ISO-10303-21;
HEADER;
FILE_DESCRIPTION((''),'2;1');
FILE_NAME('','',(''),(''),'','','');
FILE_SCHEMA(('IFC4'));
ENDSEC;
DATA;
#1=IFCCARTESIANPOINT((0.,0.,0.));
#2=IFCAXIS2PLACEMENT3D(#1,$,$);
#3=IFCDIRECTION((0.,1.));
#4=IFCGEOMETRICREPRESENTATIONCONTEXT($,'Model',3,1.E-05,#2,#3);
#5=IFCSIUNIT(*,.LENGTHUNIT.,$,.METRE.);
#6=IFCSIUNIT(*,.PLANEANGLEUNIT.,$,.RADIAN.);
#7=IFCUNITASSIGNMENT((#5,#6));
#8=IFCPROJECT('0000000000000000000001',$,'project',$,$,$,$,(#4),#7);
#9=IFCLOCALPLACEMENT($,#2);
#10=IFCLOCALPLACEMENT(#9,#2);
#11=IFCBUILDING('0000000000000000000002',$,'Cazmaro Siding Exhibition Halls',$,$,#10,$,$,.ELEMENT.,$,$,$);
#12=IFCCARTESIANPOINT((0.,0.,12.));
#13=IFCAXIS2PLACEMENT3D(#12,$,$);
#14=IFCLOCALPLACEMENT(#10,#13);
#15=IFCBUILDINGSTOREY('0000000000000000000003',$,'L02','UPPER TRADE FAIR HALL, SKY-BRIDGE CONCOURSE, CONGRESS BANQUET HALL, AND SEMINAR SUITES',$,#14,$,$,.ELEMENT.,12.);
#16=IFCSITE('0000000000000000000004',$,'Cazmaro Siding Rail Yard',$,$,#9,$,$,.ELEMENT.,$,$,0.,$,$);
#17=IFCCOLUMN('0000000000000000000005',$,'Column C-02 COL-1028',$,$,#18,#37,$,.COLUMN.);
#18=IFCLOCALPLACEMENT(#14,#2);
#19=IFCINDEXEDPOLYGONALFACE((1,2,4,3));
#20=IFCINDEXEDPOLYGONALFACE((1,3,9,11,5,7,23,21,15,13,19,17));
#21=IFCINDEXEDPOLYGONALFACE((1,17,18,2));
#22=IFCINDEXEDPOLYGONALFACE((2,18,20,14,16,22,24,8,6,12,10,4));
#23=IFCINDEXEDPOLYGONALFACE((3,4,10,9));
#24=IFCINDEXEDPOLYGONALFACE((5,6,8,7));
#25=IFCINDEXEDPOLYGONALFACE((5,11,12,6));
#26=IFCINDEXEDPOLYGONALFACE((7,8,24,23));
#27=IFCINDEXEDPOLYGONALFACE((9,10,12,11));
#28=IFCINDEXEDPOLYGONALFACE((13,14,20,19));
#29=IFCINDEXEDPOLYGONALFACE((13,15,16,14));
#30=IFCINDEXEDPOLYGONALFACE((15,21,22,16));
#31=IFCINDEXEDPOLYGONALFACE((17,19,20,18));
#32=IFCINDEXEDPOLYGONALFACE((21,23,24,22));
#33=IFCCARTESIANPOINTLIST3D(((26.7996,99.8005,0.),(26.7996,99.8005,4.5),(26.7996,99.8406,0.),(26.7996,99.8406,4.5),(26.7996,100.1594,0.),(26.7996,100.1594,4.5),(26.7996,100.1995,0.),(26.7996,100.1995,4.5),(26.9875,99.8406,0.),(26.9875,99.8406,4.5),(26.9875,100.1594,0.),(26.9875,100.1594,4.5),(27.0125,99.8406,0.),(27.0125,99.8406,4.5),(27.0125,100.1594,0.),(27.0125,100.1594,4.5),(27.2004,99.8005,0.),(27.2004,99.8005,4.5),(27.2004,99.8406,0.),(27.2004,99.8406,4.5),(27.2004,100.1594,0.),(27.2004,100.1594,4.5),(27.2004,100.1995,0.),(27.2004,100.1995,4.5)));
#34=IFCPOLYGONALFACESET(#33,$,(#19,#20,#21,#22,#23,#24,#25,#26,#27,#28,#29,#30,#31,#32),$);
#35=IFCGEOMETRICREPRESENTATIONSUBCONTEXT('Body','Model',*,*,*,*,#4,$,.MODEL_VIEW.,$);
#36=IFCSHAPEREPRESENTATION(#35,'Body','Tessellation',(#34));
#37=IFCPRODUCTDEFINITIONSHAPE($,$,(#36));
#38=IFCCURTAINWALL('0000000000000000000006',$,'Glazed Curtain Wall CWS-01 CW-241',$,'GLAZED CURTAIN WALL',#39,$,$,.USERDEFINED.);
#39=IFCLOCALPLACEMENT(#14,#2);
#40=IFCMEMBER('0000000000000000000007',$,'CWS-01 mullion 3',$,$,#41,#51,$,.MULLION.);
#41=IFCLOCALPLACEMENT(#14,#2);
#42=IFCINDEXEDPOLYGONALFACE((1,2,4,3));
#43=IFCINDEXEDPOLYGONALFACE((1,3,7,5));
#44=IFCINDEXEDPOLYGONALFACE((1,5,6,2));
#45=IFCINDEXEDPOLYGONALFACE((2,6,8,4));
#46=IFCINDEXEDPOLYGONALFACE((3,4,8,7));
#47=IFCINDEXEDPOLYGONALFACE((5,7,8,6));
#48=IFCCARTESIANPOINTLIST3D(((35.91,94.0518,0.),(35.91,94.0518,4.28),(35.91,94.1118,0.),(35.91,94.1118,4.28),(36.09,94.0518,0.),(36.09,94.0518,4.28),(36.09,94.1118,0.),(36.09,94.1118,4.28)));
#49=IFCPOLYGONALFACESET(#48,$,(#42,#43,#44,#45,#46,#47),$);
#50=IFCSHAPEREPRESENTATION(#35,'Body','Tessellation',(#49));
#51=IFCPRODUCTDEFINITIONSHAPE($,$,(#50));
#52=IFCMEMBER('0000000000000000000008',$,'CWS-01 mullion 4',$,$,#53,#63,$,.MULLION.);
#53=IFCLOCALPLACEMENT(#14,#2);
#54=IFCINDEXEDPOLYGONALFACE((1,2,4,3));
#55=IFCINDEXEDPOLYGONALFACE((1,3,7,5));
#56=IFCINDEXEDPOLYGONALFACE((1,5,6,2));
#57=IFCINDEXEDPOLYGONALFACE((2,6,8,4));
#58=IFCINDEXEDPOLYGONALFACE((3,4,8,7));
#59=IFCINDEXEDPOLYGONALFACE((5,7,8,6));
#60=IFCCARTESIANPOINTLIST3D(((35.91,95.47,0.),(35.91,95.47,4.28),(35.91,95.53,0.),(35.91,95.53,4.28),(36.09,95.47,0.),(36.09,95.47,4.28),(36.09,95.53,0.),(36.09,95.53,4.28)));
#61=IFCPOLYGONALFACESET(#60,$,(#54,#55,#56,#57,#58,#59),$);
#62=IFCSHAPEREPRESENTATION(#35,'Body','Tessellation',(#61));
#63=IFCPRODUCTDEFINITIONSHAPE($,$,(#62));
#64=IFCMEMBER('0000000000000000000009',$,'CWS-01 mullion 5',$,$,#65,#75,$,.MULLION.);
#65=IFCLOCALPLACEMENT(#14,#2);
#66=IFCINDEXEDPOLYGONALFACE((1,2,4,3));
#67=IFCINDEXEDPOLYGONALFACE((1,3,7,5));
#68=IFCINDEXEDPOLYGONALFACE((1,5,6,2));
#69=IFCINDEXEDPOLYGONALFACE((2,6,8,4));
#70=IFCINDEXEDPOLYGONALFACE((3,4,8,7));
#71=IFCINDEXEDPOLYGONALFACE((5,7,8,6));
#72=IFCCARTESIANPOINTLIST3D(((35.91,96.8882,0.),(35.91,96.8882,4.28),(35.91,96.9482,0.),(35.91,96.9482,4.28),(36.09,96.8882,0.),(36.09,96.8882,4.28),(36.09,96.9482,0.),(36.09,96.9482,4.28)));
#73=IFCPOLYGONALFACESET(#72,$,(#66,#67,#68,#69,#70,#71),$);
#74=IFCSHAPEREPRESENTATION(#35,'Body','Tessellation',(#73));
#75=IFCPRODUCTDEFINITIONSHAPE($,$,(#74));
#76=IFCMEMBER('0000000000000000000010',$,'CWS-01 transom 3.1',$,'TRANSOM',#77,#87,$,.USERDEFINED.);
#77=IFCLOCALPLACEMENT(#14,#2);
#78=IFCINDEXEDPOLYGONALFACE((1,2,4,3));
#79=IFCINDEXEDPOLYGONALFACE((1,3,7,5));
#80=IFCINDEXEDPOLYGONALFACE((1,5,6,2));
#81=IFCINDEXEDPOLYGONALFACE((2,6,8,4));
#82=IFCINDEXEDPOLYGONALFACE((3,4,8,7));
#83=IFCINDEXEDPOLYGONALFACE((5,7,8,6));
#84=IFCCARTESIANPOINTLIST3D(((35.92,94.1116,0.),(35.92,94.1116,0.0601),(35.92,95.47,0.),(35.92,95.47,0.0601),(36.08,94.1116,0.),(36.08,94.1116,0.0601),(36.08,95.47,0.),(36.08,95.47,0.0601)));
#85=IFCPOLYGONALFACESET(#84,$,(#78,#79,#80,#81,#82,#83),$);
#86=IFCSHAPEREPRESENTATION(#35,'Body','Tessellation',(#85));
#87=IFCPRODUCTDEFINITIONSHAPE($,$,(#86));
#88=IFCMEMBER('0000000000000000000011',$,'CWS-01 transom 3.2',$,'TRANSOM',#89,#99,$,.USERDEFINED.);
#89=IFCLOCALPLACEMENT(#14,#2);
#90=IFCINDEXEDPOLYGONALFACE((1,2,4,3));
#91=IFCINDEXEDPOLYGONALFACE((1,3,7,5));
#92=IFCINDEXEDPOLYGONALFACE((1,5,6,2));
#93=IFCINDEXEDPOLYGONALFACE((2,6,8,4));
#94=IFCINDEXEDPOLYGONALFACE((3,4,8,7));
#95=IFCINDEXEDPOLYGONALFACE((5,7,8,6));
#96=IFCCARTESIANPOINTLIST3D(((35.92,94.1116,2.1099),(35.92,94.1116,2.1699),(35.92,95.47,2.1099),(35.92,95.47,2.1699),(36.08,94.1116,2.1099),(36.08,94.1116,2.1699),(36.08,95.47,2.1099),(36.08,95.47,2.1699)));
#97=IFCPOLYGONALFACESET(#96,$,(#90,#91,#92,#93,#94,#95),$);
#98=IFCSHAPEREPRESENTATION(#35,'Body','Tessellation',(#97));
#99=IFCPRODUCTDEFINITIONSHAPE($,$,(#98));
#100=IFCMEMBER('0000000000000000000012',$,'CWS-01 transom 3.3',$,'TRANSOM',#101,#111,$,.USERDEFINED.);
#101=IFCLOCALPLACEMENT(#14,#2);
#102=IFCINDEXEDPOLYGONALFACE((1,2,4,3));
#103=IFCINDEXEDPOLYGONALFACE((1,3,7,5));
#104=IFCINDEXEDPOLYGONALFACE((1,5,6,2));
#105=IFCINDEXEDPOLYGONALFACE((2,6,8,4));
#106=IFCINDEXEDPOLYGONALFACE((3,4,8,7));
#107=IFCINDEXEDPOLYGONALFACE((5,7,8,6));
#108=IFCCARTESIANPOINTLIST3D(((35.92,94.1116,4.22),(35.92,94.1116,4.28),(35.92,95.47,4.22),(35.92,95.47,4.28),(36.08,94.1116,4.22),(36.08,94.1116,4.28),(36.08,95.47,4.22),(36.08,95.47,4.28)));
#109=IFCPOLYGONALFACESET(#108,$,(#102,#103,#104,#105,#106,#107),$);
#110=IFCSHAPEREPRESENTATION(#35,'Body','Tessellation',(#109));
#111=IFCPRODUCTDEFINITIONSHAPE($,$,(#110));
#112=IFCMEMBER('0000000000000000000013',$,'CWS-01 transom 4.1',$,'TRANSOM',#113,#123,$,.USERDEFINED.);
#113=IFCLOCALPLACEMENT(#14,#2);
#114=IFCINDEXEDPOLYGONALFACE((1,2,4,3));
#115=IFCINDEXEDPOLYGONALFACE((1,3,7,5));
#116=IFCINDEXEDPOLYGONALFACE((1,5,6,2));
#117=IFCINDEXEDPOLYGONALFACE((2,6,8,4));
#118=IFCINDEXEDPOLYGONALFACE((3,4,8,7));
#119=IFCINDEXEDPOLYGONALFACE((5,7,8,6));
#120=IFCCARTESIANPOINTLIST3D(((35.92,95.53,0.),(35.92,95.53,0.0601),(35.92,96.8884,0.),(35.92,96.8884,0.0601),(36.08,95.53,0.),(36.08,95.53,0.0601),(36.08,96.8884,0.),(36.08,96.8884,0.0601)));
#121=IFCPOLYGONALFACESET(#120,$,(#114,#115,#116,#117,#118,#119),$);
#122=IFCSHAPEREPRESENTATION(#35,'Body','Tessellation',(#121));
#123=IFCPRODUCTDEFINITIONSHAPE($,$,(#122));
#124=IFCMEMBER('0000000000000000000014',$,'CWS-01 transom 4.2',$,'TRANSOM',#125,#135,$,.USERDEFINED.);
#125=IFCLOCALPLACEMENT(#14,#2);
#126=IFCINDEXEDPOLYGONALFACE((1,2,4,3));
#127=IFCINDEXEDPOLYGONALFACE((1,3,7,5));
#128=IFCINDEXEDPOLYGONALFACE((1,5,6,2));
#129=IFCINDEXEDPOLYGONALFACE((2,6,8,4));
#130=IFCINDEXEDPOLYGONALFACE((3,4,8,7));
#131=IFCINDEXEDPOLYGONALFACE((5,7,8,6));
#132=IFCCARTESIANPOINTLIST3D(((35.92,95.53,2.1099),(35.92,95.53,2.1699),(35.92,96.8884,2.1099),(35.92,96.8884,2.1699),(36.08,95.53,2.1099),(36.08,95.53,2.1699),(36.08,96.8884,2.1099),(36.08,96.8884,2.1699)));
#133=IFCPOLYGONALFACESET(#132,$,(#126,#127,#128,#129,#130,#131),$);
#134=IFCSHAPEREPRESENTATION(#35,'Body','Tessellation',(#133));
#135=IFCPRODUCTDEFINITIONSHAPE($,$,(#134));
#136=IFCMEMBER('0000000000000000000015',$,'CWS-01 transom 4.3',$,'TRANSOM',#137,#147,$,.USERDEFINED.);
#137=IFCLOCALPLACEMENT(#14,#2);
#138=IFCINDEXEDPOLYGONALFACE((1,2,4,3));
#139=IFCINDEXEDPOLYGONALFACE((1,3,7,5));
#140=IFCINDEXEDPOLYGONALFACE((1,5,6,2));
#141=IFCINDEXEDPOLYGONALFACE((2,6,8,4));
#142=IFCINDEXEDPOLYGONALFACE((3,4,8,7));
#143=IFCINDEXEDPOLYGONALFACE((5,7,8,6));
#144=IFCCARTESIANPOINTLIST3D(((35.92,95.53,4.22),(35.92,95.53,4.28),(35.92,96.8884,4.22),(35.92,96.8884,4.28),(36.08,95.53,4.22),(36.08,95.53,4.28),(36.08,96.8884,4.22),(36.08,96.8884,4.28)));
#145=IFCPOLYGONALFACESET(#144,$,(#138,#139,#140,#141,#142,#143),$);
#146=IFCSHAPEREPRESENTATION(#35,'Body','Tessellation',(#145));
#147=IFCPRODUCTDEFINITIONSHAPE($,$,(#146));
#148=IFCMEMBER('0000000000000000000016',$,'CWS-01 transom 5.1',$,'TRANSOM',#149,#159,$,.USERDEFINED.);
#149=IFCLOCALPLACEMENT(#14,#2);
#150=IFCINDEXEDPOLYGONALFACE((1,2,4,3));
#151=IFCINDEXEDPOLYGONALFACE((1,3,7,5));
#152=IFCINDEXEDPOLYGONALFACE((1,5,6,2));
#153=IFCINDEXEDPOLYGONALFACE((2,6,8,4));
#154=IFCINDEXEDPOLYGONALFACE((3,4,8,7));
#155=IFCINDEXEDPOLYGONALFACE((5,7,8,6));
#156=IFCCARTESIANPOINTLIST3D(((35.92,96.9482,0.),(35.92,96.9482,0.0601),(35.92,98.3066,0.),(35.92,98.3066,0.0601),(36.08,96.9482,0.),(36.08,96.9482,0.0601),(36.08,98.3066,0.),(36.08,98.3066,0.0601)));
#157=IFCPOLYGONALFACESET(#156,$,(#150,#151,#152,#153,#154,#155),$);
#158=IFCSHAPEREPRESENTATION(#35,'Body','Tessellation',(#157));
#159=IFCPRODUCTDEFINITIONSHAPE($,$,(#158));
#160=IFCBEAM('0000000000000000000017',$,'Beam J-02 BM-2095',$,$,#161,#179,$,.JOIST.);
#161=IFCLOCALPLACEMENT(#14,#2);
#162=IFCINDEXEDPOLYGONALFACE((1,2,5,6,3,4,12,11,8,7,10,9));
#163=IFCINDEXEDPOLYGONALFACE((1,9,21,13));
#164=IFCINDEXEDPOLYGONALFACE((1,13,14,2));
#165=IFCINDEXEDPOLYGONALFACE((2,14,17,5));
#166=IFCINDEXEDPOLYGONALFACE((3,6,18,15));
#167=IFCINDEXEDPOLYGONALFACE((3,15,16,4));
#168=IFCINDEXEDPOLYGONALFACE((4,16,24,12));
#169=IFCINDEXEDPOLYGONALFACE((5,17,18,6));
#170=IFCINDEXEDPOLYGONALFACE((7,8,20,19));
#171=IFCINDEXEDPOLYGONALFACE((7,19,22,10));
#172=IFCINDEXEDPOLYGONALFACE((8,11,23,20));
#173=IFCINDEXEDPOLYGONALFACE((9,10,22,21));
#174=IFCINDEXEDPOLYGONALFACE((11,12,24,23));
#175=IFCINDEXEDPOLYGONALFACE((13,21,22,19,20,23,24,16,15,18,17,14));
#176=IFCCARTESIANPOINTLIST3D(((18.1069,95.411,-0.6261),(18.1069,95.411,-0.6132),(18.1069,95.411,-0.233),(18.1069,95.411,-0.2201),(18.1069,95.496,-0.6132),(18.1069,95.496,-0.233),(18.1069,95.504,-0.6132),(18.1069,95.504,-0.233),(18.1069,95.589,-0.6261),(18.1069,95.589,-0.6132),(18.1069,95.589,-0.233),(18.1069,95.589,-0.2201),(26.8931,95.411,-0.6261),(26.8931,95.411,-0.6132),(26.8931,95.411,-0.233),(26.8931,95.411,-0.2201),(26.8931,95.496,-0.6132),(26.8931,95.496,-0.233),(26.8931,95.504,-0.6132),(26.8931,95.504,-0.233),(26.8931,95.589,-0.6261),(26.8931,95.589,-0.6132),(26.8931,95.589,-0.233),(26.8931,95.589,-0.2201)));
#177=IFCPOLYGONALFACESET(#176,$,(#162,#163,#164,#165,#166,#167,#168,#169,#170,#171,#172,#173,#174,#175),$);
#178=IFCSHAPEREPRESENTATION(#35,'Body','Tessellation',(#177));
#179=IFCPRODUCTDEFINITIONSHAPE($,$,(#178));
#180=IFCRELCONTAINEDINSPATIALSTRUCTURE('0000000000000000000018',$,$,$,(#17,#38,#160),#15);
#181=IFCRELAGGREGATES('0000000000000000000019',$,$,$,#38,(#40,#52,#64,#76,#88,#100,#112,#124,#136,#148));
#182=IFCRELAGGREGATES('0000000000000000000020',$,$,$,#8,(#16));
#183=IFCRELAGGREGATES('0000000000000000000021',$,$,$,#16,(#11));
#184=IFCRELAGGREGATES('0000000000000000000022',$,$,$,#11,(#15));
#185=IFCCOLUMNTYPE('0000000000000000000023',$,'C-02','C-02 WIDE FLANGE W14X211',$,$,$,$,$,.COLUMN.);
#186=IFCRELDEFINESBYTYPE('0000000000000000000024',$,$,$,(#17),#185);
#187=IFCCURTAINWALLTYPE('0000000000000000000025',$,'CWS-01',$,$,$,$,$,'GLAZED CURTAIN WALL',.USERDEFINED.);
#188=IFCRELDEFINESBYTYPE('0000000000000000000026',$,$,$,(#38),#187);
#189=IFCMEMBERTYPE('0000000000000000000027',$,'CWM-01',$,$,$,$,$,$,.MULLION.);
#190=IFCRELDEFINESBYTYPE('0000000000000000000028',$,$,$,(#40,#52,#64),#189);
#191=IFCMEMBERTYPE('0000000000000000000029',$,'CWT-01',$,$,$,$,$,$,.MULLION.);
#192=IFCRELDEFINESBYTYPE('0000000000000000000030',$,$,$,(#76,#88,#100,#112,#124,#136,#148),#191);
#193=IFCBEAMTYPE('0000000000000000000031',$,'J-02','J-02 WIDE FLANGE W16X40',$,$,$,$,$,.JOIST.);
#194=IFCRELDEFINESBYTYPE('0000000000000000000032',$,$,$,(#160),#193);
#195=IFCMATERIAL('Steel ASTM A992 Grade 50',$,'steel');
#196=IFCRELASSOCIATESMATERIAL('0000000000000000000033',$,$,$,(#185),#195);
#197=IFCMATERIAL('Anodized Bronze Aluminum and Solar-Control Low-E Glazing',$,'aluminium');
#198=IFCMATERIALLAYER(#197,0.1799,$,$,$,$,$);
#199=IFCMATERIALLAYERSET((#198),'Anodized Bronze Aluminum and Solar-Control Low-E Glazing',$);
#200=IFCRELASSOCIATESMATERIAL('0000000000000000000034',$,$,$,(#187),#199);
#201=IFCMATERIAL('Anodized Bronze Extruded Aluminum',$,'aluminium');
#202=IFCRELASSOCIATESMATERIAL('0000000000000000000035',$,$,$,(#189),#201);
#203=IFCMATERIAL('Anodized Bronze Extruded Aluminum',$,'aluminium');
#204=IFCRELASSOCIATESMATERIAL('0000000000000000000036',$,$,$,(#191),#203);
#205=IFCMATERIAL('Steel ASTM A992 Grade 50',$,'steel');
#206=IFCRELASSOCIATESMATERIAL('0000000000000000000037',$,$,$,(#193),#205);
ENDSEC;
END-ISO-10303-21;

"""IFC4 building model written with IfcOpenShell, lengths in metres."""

from ifc_helpers import new_model, si_unit, direction, frame, origin, origin_2d, place, context, subcontext, project, spatial, rectangle, i_section, extrude, material, layer, layer_set, material_profile, profile_set, type_object, element, aggregate, save


model = new_model("IFC4")

# Units and contexts
model_context = context("Model", 3, precision=1e-05, world=origin(), true_north=direction((0.0, 1.0)))
body_context = subcontext(model_context, "Body", "Model", "MODEL_VIEW")
ifc_project = project(units=[si_unit("LENGTHUNIT", "METRE"), si_unit("PLANEANGLEUNIT", "RADIAN")], contexts=[model_context])

# Site, building, storey
site_placement = place(None, origin())
site = spatial("IfcSite", under=ifc_project, at=site_placement, Name="Cazmaro Siding Rail Yard", CompositionType="ELEMENT", RefElevation=0.0)
building_placement = place(site_placement, origin())
building = spatial("IfcBuilding", under=site, at=building_placement, Name="Cazmaro Siding Exhibition Halls", CompositionType="ELEMENT")
storey_placement = place(building_placement, frame((0.0, 0.0, 12.0)))
storey = spatial("IfcBuildingStorey", under=building, at=storey_placement, Name="L02", Description="UPPER TRADE FAIR HALL, SKY-BRIDGE CONCOURSE, CONGRESS BANQUET HALL, AND SEMINAR SUITES", CompositionType="ELEMENT", Elevation=12.0)

# Column
ifc_material_1 = material(Name="Steel ASTM A992 Grade 50", Category="steel")
ifc_material_profile_1 = material_profile(ifc_material_1, i_section(OverallWidth=0.4009, OverallDepth=0.3989, WebThickness=0.0249, FlangeThickness=0.04, at=origin_2d()), Name="W14X211")
ifc_profile_set_1 = profile_set([ifc_material_profile_1], Name="Steel ASTM A992 Grade 50")
column_type = type_object("IfcColumnType", Name="C-02", Description="C-02 WIDE FLANGE W14X211", PredefinedType="COLUMN", material=ifc_profile_set_1)
column_placement = place(storey_placement, frame((27.0, 100.0, 0.0), z_axis=(0.0, 0.0, 1.0), x_axis=(1.0, 0.0, 0.0)))
element("IfcColumn", 1, at=column_placement, inside=storey, type_object=column_type, Name="Column C-02 COL-1028", PredefinedType="COLUMN", context=body_context, shape_type="SweptSolid", body=[
    extrude(i_section(OverallWidth=0.4009, OverallDepth=0.3989, WebThickness=0.0249, FlangeThickness=0.04, at=origin_2d()), origin(), (0.0, 0.0, 1.0), 4.5),
])

# Curtain wall, members
ifc_material_2 = material(Name="Anodized Bronze Aluminum and Solar-Control Low-E Glazing", Category="aluminium")
ifc_layer_1 = layer(ifc_material_2, 0.1799)
ifc_layer_set_1 = layer_set([ifc_layer_1], Name="Anodized Bronze Aluminum and Solar-Control Low-E Glazing")
curtain_wall_type = type_object("IfcCurtainWallType", Name="CWS-01", ElementType="GLAZED CURTAIN WALL", PredefinedType="USERDEFINED", material=ifc_layer_set_1)
curtain_wall_placement = place(storey_placement, origin())
curtain_wall = element("IfcCurtainWall", 2, at=curtain_wall_placement, inside=storey, type_object=curtain_wall_type, Name="Glazed Curtain Wall CWS-01 CW-241", ObjectType="GLAZED CURTAIN WALL", PredefinedType="USERDEFINED")
ifc_material_3 = material(Name="Anodized Bronze Extruded Aluminum", Category="aluminium")
ifc_material_profile_2 = material_profile(ifc_material_3, rectangle(XDim=0.1799, YDim=0.0601, at=origin_2d()), Name="CWM-01")
ifc_profile_set_2 = profile_set([ifc_material_profile_2], Name="Anodized Bronze Extruded Aluminum")
member_type_1 = type_object("IfcMemberType", Name="CWM-01", PredefinedType="MULLION", material=ifc_profile_set_2)
member_1_placement = place(storey_placement, frame((36.0, 94.0818, 0.0), z_axis=(0.0, 0.0, 1.0), x_axis=(-1.0, 0.0, 0.0)))
member_1 = element("IfcMember", 3, at=member_1_placement, type_object=member_type_1, Name="CWS-01 mullion 3", PredefinedType="MULLION", context=body_context, shape_type="SweptSolid", body=[
    extrude(rectangle(XDim=0.1799, YDim=0.0601, at=origin_2d()), origin(), (0.0, 0.0, 1.0), 4.28),
])
member_2_placement = place(storey_placement, frame((36.0, 95.5, 0.0), z_axis=(0.0, 0.0, 1.0), x_axis=(-1.0, 0.0, 0.0)))
member_2 = element("IfcMember", 4, at=member_2_placement, type_object=member_type_1, Name="CWS-01 mullion 4", PredefinedType="MULLION", context=body_context, shape_type="SweptSolid", body=[
    extrude(rectangle(XDim=0.1799, YDim=0.0601, at=origin_2d()), origin(), (0.0, 0.0, 1.0), 4.28),
])
member_3_placement = place(storey_placement, frame((36.0, 96.9182, 0.0), z_axis=(0.0, 0.0, 1.0), x_axis=(-1.0, 0.0, 0.0)))
member_3 = element("IfcMember", 5, at=member_3_placement, type_object=member_type_1, Name="CWS-01 mullion 5", PredefinedType="MULLION", context=body_context, shape_type="SweptSolid", body=[
    extrude(rectangle(XDim=0.1799, YDim=0.0601, at=origin_2d()), origin(), (0.0, 0.0, 1.0), 4.28),
])
ifc_material_4 = material(Name="Anodized Bronze Extruded Aluminum", Category="aluminium")
ifc_material_profile_3 = material_profile(ifc_material_4, rectangle(XDim=0.1599, YDim=0.0601, at=origin_2d()), Name="CWT-01")
ifc_profile_set_3 = profile_set([ifc_material_profile_3], Name="Anodized Bronze Extruded Aluminum")
member_type_2 = type_object("IfcMemberType", Name="CWT-01", PredefinedType="MULLION", material=ifc_profile_set_3)
member_4_placement = place(storey_placement, frame((36.0, 94.1116, 0.03), z_axis=(0.0, 1.0, 0.0), x_axis=(-1.0, 0.0, 0.0)))
member_4 = element("IfcMember", 6, at=member_4_placement, type_object=member_type_2, Name="CWS-01 transom 3.1", ObjectType="TRANSOM", PredefinedType="USERDEFINED", context=body_context, shape_type="SweptSolid", body=[
    extrude(rectangle(XDim=0.1599, YDim=0.0601, at=origin_2d()), origin(), (0.0, 0.0, 1.0), 1.3584),
])
member_5_placement = place(storey_placement, frame((36.0, 94.1116, 2.1399), z_axis=(0.0, 1.0, 0.0), x_axis=(-1.0, 0.0, 0.0)))
member_5 = element("IfcMember", 7, at=member_5_placement, type_object=member_type_2, Name="CWS-01 transom 3.2", ObjectType="TRANSOM", PredefinedType="USERDEFINED", context=body_context, shape_type="SweptSolid", body=[
    extrude(rectangle(XDim=0.1599, YDim=0.0601, at=origin_2d()), origin(), (0.0, 0.0, 1.0), 1.3584),
])
member_6_placement = place(storey_placement, frame((36.0, 94.1116, 4.25), z_axis=(0.0, 1.0, 0.0), x_axis=(-1.0, 0.0, 0.0)))
member_6 = element("IfcMember", 8, at=member_6_placement, type_object=member_type_2, Name="CWS-01 transom 3.3", ObjectType="TRANSOM", PredefinedType="USERDEFINED", context=body_context, shape_type="SweptSolid", body=[
    extrude(rectangle(XDim=0.1599, YDim=0.0601, at=origin_2d()), origin(), (0.0, 0.0, 1.0), 1.3584),
])
member_7_placement = place(storey_placement, frame((36.0, 95.53, 0.03), z_axis=(0.0, 1.0, 0.0), x_axis=(-1.0, 0.0, 0.0)))
member_7 = element("IfcMember", 9, at=member_7_placement, type_object=member_type_2, Name="CWS-01 transom 4.1", ObjectType="TRANSOM", PredefinedType="USERDEFINED", context=body_context, shape_type="SweptSolid", body=[
    extrude(rectangle(XDim=0.1599, YDim=0.0601, at=origin_2d()), origin(), (0.0, 0.0, 1.0), 1.3584),
])
member_8_placement = place(storey_placement, frame((36.0, 95.53, 2.1399), z_axis=(0.0, 1.0, 0.0), x_axis=(-1.0, 0.0, 0.0)))
member_8 = element("IfcMember", 10, at=member_8_placement, type_object=member_type_2, Name="CWS-01 transom 4.2", ObjectType="TRANSOM", PredefinedType="USERDEFINED", context=body_context, shape_type="SweptSolid", body=[
    extrude(rectangle(XDim=0.1599, YDim=0.0601, at=origin_2d()), origin(), (0.0, 0.0, 1.0), 1.3584),
])
member_9_placement = place(storey_placement, frame((36.0, 95.53, 4.25), z_axis=(0.0, 1.0, 0.0), x_axis=(-1.0, 0.0, 0.0)))
member_9 = element("IfcMember", 11, at=member_9_placement, type_object=member_type_2, Name="CWS-01 transom 4.3", ObjectType="TRANSOM", PredefinedType="USERDEFINED", context=body_context, shape_type="SweptSolid", body=[
    extrude(rectangle(XDim=0.1599, YDim=0.0601, at=origin_2d()), origin(), (0.0, 0.0, 1.0), 1.3584),
])
member_10_placement = place(storey_placement, frame((36.0, 96.9482, 0.03), z_axis=(0.0, 1.0, 0.0), x_axis=(-1.0, 0.0, 0.0)))
member_10 = element("IfcMember", 12, at=member_10_placement, type_object=member_type_2, Name="CWS-01 transom 5.1", ObjectType="TRANSOM", PredefinedType="USERDEFINED", context=body_context, shape_type="SweptSolid", body=[
    extrude(rectangle(XDim=0.1599, YDim=0.0601, at=origin_2d()), origin(), (0.0, 0.0, 1.0), 1.3584),
])

# Beam
ifc_material_5 = material(Name="Steel ASTM A992 Grade 50", Category="steel")
ifc_material_profile_4 = material_profile(ifc_material_5, i_section(OverallWidth=0.178, OverallDepth=0.406, WebThickness=0.0081, FlangeThickness=0.0129, at=origin_2d()), Name="W16X40")
ifc_profile_set_4 = profile_set([ifc_material_profile_4], Name="Steel ASTM A992 Grade 50")
beam_type = type_object("IfcBeamType", Name="J-02", Description="J-02 WIDE FLANGE W16X40", PredefinedType="JOIST", material=ifc_profile_set_4)
for number, where, z_axis, x_axis, name in (
    (13, (18.1069, 95.5, -0.4231), (1.0, 0.0, 0.0), (0.0, 1.0, 0.0), "Beam J-02 BM-2095"),
):
    element("IfcBeam", number, at=place(storey_placement, frame(where, z_axis=z_axis, x_axis=x_axis)), inside=storey, type_object=beam_type, Name=name, PredefinedType="JOIST", context=body_context, shape_type="SweptSolid", body=[
        extrude(i_section(OverallWidth=0.178, OverallDepth=0.406, WebThickness=0.0081, FlangeThickness=0.0129, at=origin_2d()), origin(), (0.0, 0.0, 1.0), 8.7861),
    ])

aggregate(curtain_wall, [member_1, member_2, member_3, member_4, member_5, member_6, member_7, member_8, member_9, member_10])

save(model, "model.ifc")
